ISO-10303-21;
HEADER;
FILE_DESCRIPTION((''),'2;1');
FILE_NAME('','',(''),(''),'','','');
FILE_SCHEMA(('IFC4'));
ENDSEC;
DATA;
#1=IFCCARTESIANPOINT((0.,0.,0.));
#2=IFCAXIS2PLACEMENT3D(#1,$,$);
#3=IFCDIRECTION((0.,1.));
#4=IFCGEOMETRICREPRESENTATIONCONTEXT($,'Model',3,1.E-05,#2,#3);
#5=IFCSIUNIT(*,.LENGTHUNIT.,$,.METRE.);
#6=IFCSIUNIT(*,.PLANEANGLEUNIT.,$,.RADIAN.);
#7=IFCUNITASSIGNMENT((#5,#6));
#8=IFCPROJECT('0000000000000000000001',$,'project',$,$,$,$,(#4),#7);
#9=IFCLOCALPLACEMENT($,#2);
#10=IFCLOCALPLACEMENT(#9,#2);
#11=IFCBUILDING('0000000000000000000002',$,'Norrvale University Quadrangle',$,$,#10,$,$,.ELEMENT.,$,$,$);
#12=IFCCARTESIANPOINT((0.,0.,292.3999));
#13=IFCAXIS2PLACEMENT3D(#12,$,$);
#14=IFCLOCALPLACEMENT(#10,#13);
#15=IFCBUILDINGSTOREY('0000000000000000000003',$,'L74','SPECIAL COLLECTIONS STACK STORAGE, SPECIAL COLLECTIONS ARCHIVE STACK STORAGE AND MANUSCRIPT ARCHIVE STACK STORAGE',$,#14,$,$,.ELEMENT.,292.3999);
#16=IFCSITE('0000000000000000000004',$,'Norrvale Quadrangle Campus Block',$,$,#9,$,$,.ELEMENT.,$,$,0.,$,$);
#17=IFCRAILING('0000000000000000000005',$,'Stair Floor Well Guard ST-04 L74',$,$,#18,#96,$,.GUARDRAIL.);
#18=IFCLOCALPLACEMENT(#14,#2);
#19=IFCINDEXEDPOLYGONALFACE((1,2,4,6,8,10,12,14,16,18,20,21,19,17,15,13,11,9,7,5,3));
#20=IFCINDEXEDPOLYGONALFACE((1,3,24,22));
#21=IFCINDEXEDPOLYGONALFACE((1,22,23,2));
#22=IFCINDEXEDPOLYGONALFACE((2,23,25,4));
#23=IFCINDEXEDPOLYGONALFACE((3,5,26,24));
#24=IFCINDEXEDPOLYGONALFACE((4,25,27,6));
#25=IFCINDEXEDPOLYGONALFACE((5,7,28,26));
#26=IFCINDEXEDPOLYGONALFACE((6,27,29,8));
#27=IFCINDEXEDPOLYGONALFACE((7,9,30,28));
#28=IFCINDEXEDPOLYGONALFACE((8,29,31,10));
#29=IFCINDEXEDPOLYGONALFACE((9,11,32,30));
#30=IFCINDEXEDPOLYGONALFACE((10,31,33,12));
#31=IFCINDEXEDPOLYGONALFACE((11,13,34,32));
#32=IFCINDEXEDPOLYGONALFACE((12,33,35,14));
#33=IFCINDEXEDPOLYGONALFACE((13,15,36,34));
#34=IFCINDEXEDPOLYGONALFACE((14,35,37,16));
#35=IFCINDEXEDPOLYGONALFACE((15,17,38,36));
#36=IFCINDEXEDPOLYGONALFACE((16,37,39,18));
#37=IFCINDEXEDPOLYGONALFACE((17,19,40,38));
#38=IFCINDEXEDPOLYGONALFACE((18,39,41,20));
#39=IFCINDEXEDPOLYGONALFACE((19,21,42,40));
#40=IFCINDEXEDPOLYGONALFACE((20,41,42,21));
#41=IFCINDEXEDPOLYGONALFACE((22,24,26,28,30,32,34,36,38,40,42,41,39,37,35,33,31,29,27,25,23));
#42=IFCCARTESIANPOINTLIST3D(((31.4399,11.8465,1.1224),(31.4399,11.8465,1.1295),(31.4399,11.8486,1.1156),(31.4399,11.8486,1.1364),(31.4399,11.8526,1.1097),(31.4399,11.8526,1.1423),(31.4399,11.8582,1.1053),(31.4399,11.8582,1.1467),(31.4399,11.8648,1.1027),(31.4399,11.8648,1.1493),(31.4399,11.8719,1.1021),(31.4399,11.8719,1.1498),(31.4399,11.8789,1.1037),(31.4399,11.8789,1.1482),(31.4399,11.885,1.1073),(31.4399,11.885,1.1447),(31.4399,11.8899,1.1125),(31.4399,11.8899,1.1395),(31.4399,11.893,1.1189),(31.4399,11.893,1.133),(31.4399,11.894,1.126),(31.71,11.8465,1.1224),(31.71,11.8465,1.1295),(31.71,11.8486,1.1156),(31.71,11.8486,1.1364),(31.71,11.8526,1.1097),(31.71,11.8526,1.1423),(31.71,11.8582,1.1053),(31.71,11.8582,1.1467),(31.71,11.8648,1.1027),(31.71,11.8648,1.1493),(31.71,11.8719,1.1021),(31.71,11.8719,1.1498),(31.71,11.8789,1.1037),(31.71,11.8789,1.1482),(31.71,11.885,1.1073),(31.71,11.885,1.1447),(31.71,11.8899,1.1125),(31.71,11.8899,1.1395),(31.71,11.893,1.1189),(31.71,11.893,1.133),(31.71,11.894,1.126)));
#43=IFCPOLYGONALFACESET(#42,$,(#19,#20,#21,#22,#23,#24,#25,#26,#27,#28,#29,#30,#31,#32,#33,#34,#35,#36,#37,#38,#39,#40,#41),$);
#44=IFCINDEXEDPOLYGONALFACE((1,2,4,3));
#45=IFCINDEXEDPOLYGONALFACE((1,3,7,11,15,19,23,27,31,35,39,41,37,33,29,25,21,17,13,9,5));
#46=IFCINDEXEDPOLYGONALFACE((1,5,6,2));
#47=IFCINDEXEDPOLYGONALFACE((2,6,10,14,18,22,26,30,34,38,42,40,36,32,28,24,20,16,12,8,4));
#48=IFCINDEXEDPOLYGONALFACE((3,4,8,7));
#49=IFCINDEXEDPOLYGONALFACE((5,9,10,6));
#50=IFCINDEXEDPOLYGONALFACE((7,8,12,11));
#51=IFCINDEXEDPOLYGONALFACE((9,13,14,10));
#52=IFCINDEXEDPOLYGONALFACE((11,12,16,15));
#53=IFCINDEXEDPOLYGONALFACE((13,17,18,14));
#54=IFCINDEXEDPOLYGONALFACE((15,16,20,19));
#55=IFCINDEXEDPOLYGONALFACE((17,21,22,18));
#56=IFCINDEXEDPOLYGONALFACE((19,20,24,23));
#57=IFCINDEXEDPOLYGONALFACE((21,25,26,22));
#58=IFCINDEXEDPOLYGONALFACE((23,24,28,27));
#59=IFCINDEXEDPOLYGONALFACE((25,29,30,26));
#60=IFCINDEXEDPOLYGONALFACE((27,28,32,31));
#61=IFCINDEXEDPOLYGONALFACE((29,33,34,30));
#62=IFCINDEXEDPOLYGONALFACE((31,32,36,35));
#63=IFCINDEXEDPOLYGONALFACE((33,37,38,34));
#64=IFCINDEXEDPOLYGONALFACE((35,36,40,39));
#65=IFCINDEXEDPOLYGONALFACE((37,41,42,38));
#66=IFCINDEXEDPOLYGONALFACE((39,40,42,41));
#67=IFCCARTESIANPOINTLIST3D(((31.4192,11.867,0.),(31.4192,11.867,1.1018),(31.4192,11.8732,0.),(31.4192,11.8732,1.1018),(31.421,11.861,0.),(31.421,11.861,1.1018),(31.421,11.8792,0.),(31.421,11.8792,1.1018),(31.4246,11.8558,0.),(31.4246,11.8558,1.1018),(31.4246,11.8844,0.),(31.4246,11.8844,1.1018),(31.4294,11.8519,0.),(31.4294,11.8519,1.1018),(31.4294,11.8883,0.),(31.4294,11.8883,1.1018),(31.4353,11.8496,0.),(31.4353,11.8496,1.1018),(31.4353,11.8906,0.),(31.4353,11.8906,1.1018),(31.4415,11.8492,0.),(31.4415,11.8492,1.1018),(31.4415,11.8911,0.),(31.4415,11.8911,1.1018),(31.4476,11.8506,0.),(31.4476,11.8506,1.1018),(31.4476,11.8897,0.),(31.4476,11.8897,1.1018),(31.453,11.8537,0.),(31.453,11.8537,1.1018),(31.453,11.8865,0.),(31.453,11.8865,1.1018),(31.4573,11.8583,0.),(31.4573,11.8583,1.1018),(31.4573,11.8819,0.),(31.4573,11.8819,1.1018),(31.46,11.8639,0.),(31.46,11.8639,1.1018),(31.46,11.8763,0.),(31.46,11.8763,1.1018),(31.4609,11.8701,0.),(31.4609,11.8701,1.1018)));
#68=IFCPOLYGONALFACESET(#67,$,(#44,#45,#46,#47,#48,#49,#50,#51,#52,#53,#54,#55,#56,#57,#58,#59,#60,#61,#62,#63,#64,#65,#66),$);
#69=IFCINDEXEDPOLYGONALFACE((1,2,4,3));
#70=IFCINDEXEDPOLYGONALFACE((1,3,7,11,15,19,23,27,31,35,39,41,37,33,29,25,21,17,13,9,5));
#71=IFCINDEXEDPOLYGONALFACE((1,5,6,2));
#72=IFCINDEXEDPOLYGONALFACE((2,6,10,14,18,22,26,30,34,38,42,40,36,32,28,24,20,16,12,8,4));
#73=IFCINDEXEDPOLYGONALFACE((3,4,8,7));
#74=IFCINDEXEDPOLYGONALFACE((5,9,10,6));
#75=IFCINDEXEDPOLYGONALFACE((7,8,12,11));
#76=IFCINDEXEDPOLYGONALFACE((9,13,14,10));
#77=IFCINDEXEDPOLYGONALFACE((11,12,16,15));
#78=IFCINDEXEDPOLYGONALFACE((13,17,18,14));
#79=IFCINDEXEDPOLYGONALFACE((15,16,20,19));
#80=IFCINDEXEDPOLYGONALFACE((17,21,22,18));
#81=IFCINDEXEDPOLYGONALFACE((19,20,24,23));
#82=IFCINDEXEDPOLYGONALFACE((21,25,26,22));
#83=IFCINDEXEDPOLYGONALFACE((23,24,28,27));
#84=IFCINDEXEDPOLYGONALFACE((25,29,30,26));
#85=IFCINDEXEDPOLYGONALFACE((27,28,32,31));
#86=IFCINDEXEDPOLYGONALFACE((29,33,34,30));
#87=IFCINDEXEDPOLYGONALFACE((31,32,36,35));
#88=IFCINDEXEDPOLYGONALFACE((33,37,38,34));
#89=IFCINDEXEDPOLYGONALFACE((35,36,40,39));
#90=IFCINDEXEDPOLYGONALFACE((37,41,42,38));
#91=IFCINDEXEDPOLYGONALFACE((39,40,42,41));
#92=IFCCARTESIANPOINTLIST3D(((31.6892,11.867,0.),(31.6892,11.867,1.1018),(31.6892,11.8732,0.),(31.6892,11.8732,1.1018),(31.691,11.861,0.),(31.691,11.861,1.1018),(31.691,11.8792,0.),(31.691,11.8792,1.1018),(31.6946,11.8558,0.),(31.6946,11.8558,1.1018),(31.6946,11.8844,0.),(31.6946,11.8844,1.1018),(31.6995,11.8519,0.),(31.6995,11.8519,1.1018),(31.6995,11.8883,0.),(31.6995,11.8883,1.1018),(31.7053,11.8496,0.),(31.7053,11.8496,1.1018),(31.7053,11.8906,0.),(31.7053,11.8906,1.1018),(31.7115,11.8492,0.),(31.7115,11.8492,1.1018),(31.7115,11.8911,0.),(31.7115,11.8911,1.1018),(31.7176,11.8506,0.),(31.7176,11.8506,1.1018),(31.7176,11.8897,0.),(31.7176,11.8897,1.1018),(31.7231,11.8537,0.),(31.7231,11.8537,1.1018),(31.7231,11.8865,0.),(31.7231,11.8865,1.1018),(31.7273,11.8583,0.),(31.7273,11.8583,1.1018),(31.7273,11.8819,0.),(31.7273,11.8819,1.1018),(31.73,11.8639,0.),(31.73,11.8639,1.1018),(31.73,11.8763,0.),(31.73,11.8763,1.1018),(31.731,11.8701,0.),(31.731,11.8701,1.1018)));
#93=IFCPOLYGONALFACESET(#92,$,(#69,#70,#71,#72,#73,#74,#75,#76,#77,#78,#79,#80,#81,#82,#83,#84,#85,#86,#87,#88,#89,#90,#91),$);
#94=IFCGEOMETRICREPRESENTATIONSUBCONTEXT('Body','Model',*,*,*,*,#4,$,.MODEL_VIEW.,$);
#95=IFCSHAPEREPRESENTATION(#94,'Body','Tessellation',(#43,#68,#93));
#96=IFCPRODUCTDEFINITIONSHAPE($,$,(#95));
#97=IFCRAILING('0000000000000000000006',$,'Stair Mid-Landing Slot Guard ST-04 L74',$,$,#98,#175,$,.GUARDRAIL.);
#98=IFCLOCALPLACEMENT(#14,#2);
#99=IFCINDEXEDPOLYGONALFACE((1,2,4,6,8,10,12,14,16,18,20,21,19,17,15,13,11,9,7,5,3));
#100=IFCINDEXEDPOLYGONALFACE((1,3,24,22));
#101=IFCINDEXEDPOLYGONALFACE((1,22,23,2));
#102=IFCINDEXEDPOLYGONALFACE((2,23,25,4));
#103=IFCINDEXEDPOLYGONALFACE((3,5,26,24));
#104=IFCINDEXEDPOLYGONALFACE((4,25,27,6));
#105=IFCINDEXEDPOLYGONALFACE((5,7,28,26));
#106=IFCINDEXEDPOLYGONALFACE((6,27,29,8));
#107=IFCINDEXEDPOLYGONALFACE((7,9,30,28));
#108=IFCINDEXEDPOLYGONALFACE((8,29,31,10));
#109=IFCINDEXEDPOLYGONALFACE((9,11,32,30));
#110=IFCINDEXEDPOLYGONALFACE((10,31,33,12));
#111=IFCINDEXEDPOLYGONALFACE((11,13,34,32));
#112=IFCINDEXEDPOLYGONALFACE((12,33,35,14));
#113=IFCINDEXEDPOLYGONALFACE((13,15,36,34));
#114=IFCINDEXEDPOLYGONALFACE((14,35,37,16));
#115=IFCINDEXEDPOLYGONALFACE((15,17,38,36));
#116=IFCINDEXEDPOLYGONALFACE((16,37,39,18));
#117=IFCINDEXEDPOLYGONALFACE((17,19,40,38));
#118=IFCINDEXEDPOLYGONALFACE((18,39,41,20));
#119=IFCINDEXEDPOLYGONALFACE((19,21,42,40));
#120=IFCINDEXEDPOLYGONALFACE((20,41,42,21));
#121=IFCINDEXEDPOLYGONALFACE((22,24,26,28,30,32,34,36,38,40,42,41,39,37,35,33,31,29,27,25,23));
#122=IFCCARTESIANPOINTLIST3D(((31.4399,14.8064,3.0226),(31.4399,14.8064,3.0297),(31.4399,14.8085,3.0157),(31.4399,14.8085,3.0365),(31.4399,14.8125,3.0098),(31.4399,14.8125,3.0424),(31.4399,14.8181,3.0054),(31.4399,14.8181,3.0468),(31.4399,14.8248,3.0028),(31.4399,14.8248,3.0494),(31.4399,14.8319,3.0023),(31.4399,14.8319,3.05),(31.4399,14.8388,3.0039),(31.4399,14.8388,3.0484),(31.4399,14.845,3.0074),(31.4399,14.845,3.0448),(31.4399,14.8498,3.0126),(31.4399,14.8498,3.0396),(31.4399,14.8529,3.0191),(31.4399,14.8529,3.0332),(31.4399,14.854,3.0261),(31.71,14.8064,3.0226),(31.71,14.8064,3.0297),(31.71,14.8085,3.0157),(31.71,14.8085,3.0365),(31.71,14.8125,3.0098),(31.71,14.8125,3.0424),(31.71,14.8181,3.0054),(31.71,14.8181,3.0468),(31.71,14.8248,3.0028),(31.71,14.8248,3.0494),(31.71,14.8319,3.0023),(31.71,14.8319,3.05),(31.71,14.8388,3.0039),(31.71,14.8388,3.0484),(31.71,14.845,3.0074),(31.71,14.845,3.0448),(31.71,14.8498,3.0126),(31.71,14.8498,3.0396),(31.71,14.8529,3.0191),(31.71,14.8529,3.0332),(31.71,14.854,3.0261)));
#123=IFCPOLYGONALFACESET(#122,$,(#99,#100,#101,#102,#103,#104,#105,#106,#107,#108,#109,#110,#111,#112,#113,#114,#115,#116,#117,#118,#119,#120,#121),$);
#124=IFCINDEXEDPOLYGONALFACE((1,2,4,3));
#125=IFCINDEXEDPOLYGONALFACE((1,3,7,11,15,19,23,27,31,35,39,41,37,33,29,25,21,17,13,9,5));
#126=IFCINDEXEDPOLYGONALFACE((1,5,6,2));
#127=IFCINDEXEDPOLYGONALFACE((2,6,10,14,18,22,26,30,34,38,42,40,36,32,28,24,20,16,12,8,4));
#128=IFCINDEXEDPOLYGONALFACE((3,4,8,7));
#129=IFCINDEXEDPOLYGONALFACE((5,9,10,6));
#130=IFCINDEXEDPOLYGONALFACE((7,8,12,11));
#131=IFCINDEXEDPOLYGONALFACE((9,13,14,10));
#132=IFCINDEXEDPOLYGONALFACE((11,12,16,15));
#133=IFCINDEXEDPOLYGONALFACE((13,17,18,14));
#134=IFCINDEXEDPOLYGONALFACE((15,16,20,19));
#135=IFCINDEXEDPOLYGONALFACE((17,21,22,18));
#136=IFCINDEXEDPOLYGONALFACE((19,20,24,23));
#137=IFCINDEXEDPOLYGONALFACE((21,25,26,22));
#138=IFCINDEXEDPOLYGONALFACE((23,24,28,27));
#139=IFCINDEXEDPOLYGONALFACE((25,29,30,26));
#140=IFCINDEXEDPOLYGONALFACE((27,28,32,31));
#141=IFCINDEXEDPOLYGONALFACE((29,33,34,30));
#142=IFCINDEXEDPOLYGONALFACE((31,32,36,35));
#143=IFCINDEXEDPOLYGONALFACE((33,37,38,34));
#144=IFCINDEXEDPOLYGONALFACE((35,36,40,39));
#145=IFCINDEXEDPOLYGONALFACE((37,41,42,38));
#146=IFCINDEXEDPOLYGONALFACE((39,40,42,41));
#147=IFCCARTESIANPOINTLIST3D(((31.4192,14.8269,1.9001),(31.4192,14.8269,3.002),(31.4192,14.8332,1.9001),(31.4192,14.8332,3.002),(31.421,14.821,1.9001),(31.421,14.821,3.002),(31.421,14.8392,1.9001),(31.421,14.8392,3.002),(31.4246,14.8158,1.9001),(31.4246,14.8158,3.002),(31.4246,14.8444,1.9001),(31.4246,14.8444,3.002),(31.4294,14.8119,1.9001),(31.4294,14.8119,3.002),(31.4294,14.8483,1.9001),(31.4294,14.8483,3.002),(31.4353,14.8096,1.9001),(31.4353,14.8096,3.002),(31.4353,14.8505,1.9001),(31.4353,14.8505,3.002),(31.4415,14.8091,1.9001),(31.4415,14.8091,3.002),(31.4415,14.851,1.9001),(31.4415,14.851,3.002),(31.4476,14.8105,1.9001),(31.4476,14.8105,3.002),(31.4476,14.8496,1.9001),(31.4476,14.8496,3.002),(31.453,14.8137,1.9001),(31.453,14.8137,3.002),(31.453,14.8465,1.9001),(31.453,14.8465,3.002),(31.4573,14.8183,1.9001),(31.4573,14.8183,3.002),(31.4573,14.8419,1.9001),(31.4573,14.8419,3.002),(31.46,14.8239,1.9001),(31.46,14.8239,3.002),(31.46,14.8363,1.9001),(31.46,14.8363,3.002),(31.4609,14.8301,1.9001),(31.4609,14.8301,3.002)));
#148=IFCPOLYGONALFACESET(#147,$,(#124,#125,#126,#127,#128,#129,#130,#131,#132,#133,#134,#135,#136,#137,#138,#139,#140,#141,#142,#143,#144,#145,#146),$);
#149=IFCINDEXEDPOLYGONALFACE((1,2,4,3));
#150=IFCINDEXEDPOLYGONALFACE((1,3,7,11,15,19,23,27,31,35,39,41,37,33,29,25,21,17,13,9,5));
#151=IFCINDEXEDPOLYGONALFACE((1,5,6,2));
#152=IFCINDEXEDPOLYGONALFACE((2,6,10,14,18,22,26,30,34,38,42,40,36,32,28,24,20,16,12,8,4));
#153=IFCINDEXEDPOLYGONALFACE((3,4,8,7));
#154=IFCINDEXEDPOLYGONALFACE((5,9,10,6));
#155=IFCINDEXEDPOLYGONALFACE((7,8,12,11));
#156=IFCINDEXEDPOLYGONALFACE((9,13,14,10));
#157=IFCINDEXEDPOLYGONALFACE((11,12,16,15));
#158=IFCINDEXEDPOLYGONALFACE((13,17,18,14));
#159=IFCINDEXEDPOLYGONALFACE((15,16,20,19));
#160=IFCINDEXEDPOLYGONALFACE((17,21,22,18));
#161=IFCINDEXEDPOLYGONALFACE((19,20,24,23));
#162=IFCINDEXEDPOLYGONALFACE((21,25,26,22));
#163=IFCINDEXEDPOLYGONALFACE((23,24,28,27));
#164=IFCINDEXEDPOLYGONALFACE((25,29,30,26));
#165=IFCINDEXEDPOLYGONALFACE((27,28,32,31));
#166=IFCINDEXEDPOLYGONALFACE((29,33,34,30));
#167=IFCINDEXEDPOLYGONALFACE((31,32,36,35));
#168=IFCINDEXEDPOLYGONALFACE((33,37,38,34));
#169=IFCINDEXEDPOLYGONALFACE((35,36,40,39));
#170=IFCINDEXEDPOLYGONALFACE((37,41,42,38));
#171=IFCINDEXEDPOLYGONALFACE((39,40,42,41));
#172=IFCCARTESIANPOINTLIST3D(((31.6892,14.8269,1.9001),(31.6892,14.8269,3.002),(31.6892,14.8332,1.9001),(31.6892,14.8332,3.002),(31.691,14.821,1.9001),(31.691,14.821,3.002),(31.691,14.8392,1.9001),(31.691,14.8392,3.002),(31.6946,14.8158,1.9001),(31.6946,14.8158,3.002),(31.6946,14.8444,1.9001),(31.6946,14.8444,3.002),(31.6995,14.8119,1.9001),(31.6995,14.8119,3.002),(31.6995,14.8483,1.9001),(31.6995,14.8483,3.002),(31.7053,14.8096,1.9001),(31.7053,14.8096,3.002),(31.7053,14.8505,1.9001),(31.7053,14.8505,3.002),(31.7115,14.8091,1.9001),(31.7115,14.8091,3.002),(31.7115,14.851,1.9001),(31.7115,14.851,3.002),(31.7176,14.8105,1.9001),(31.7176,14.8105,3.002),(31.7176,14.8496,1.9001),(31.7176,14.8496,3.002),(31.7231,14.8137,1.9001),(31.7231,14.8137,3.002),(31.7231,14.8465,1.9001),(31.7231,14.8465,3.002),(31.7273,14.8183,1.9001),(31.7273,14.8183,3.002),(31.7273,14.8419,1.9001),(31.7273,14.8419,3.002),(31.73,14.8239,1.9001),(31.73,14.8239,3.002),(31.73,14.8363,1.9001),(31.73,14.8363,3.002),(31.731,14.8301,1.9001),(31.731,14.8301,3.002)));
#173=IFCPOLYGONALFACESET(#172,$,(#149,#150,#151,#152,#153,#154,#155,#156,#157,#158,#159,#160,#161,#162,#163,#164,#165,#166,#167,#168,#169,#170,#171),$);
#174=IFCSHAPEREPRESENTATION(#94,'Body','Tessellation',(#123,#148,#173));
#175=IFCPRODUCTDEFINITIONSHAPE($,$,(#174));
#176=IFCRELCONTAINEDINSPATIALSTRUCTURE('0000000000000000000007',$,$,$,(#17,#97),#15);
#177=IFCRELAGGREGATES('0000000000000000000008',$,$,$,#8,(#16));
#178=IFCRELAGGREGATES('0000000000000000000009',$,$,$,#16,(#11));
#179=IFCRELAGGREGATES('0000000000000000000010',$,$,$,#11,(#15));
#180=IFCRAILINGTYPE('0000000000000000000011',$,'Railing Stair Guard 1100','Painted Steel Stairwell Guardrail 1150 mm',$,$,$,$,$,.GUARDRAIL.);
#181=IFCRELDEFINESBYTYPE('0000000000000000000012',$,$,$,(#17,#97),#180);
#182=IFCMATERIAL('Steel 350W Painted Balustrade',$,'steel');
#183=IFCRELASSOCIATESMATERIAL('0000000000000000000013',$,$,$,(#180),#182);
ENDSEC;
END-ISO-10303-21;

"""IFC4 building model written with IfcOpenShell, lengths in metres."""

from ifc_helpers import new_model, si_unit, direction, frame, origin, origin_2d, place, context, subcontext, project, spatial, circle, extrude, material, type_object, element, save


model = new_model("IFC4")

# Units and contexts
model_context = context("Model", 3, precision=1e-05, world=origin(), true_north=direction((0.0, 1.0)))
body_context = subcontext(model_context, "Body", "Model", "MODEL_VIEW")
ifc_project = project(units=[si_unit("LENGTHUNIT", "METRE"), si_unit("PLANEANGLEUNIT", "RADIAN")], contexts=[model_context])

# Site, building, storey
site_placement = place(None, origin())
site = spatial("IfcSite", under=ifc_project, at=site_placement, Name="Norrvale Quadrangle Campus Block", CompositionType="ELEMENT", RefElevation=0.0)
building_placement = place(site_placement, origin())
building = spatial("IfcBuilding", under=site, at=building_placement, Name="Norrvale University Quadrangle", CompositionType="ELEMENT")
storey_placement = place(building_placement, frame((0.0, 0.0, 292.3999)))
storey = spatial("IfcBuildingStorey", under=building, at=storey_placement, Name="L74", Description="SPECIAL COLLECTIONS STACK STORAGE, SPECIAL COLLECTIONS ARCHIVE STACK STORAGE AND MANUSCRIPT ARCHIVE STACK STORAGE", CompositionType="ELEMENT", Elevation=292.3999)

# Railings
ifc_material_1 = material(Name="Steel 350W Painted Balustrade", Category="steel")
railing_type_1 = type_object("IfcRailingType", Name="Railing Stair Guard 1100", Description="Painted Steel Stairwell Guardrail 1150 mm", PredefinedType="GUARDRAIL", material=ifc_material_1)
for number, where, name in (
    (1, (31.4399, 11.8701, 0.0), "Stair Floor Well Guard ST-04 L74"),
    (2, (31.4399, 14.8301, 1.9001), "Stair Mid-Landing Slot Guard ST-04 L74"),
):
    element("IfcRailing", number, at=place(storey_placement, frame(where)), inside=storey, type_object=railing_type_1, Name=name, PredefinedType="GUARDRAIL", context=body_context, shape_type="SweptSolid", body=[
        extrude(circle(Radius=0.0239, at=origin_2d()), frame((0.0, 0.0, 1.126), z_axis=(1.0, 0.0, 0.0), x_axis=(0.0, 1.0, 0.0)), (0.0, 0.0, 1.0), 0.27),
        extrude(circle(Radius=0.021, at=origin_2d()), origin(), (0.0, 0.0, 1.0), 1.1018),
        extrude(circle(Radius=0.021, at=origin_2d()), frame((0.27, 0.0, 0.0)), (0.0, 0.0, 1.0), 1.1018),
    ])

save(model, "model.ifc")
